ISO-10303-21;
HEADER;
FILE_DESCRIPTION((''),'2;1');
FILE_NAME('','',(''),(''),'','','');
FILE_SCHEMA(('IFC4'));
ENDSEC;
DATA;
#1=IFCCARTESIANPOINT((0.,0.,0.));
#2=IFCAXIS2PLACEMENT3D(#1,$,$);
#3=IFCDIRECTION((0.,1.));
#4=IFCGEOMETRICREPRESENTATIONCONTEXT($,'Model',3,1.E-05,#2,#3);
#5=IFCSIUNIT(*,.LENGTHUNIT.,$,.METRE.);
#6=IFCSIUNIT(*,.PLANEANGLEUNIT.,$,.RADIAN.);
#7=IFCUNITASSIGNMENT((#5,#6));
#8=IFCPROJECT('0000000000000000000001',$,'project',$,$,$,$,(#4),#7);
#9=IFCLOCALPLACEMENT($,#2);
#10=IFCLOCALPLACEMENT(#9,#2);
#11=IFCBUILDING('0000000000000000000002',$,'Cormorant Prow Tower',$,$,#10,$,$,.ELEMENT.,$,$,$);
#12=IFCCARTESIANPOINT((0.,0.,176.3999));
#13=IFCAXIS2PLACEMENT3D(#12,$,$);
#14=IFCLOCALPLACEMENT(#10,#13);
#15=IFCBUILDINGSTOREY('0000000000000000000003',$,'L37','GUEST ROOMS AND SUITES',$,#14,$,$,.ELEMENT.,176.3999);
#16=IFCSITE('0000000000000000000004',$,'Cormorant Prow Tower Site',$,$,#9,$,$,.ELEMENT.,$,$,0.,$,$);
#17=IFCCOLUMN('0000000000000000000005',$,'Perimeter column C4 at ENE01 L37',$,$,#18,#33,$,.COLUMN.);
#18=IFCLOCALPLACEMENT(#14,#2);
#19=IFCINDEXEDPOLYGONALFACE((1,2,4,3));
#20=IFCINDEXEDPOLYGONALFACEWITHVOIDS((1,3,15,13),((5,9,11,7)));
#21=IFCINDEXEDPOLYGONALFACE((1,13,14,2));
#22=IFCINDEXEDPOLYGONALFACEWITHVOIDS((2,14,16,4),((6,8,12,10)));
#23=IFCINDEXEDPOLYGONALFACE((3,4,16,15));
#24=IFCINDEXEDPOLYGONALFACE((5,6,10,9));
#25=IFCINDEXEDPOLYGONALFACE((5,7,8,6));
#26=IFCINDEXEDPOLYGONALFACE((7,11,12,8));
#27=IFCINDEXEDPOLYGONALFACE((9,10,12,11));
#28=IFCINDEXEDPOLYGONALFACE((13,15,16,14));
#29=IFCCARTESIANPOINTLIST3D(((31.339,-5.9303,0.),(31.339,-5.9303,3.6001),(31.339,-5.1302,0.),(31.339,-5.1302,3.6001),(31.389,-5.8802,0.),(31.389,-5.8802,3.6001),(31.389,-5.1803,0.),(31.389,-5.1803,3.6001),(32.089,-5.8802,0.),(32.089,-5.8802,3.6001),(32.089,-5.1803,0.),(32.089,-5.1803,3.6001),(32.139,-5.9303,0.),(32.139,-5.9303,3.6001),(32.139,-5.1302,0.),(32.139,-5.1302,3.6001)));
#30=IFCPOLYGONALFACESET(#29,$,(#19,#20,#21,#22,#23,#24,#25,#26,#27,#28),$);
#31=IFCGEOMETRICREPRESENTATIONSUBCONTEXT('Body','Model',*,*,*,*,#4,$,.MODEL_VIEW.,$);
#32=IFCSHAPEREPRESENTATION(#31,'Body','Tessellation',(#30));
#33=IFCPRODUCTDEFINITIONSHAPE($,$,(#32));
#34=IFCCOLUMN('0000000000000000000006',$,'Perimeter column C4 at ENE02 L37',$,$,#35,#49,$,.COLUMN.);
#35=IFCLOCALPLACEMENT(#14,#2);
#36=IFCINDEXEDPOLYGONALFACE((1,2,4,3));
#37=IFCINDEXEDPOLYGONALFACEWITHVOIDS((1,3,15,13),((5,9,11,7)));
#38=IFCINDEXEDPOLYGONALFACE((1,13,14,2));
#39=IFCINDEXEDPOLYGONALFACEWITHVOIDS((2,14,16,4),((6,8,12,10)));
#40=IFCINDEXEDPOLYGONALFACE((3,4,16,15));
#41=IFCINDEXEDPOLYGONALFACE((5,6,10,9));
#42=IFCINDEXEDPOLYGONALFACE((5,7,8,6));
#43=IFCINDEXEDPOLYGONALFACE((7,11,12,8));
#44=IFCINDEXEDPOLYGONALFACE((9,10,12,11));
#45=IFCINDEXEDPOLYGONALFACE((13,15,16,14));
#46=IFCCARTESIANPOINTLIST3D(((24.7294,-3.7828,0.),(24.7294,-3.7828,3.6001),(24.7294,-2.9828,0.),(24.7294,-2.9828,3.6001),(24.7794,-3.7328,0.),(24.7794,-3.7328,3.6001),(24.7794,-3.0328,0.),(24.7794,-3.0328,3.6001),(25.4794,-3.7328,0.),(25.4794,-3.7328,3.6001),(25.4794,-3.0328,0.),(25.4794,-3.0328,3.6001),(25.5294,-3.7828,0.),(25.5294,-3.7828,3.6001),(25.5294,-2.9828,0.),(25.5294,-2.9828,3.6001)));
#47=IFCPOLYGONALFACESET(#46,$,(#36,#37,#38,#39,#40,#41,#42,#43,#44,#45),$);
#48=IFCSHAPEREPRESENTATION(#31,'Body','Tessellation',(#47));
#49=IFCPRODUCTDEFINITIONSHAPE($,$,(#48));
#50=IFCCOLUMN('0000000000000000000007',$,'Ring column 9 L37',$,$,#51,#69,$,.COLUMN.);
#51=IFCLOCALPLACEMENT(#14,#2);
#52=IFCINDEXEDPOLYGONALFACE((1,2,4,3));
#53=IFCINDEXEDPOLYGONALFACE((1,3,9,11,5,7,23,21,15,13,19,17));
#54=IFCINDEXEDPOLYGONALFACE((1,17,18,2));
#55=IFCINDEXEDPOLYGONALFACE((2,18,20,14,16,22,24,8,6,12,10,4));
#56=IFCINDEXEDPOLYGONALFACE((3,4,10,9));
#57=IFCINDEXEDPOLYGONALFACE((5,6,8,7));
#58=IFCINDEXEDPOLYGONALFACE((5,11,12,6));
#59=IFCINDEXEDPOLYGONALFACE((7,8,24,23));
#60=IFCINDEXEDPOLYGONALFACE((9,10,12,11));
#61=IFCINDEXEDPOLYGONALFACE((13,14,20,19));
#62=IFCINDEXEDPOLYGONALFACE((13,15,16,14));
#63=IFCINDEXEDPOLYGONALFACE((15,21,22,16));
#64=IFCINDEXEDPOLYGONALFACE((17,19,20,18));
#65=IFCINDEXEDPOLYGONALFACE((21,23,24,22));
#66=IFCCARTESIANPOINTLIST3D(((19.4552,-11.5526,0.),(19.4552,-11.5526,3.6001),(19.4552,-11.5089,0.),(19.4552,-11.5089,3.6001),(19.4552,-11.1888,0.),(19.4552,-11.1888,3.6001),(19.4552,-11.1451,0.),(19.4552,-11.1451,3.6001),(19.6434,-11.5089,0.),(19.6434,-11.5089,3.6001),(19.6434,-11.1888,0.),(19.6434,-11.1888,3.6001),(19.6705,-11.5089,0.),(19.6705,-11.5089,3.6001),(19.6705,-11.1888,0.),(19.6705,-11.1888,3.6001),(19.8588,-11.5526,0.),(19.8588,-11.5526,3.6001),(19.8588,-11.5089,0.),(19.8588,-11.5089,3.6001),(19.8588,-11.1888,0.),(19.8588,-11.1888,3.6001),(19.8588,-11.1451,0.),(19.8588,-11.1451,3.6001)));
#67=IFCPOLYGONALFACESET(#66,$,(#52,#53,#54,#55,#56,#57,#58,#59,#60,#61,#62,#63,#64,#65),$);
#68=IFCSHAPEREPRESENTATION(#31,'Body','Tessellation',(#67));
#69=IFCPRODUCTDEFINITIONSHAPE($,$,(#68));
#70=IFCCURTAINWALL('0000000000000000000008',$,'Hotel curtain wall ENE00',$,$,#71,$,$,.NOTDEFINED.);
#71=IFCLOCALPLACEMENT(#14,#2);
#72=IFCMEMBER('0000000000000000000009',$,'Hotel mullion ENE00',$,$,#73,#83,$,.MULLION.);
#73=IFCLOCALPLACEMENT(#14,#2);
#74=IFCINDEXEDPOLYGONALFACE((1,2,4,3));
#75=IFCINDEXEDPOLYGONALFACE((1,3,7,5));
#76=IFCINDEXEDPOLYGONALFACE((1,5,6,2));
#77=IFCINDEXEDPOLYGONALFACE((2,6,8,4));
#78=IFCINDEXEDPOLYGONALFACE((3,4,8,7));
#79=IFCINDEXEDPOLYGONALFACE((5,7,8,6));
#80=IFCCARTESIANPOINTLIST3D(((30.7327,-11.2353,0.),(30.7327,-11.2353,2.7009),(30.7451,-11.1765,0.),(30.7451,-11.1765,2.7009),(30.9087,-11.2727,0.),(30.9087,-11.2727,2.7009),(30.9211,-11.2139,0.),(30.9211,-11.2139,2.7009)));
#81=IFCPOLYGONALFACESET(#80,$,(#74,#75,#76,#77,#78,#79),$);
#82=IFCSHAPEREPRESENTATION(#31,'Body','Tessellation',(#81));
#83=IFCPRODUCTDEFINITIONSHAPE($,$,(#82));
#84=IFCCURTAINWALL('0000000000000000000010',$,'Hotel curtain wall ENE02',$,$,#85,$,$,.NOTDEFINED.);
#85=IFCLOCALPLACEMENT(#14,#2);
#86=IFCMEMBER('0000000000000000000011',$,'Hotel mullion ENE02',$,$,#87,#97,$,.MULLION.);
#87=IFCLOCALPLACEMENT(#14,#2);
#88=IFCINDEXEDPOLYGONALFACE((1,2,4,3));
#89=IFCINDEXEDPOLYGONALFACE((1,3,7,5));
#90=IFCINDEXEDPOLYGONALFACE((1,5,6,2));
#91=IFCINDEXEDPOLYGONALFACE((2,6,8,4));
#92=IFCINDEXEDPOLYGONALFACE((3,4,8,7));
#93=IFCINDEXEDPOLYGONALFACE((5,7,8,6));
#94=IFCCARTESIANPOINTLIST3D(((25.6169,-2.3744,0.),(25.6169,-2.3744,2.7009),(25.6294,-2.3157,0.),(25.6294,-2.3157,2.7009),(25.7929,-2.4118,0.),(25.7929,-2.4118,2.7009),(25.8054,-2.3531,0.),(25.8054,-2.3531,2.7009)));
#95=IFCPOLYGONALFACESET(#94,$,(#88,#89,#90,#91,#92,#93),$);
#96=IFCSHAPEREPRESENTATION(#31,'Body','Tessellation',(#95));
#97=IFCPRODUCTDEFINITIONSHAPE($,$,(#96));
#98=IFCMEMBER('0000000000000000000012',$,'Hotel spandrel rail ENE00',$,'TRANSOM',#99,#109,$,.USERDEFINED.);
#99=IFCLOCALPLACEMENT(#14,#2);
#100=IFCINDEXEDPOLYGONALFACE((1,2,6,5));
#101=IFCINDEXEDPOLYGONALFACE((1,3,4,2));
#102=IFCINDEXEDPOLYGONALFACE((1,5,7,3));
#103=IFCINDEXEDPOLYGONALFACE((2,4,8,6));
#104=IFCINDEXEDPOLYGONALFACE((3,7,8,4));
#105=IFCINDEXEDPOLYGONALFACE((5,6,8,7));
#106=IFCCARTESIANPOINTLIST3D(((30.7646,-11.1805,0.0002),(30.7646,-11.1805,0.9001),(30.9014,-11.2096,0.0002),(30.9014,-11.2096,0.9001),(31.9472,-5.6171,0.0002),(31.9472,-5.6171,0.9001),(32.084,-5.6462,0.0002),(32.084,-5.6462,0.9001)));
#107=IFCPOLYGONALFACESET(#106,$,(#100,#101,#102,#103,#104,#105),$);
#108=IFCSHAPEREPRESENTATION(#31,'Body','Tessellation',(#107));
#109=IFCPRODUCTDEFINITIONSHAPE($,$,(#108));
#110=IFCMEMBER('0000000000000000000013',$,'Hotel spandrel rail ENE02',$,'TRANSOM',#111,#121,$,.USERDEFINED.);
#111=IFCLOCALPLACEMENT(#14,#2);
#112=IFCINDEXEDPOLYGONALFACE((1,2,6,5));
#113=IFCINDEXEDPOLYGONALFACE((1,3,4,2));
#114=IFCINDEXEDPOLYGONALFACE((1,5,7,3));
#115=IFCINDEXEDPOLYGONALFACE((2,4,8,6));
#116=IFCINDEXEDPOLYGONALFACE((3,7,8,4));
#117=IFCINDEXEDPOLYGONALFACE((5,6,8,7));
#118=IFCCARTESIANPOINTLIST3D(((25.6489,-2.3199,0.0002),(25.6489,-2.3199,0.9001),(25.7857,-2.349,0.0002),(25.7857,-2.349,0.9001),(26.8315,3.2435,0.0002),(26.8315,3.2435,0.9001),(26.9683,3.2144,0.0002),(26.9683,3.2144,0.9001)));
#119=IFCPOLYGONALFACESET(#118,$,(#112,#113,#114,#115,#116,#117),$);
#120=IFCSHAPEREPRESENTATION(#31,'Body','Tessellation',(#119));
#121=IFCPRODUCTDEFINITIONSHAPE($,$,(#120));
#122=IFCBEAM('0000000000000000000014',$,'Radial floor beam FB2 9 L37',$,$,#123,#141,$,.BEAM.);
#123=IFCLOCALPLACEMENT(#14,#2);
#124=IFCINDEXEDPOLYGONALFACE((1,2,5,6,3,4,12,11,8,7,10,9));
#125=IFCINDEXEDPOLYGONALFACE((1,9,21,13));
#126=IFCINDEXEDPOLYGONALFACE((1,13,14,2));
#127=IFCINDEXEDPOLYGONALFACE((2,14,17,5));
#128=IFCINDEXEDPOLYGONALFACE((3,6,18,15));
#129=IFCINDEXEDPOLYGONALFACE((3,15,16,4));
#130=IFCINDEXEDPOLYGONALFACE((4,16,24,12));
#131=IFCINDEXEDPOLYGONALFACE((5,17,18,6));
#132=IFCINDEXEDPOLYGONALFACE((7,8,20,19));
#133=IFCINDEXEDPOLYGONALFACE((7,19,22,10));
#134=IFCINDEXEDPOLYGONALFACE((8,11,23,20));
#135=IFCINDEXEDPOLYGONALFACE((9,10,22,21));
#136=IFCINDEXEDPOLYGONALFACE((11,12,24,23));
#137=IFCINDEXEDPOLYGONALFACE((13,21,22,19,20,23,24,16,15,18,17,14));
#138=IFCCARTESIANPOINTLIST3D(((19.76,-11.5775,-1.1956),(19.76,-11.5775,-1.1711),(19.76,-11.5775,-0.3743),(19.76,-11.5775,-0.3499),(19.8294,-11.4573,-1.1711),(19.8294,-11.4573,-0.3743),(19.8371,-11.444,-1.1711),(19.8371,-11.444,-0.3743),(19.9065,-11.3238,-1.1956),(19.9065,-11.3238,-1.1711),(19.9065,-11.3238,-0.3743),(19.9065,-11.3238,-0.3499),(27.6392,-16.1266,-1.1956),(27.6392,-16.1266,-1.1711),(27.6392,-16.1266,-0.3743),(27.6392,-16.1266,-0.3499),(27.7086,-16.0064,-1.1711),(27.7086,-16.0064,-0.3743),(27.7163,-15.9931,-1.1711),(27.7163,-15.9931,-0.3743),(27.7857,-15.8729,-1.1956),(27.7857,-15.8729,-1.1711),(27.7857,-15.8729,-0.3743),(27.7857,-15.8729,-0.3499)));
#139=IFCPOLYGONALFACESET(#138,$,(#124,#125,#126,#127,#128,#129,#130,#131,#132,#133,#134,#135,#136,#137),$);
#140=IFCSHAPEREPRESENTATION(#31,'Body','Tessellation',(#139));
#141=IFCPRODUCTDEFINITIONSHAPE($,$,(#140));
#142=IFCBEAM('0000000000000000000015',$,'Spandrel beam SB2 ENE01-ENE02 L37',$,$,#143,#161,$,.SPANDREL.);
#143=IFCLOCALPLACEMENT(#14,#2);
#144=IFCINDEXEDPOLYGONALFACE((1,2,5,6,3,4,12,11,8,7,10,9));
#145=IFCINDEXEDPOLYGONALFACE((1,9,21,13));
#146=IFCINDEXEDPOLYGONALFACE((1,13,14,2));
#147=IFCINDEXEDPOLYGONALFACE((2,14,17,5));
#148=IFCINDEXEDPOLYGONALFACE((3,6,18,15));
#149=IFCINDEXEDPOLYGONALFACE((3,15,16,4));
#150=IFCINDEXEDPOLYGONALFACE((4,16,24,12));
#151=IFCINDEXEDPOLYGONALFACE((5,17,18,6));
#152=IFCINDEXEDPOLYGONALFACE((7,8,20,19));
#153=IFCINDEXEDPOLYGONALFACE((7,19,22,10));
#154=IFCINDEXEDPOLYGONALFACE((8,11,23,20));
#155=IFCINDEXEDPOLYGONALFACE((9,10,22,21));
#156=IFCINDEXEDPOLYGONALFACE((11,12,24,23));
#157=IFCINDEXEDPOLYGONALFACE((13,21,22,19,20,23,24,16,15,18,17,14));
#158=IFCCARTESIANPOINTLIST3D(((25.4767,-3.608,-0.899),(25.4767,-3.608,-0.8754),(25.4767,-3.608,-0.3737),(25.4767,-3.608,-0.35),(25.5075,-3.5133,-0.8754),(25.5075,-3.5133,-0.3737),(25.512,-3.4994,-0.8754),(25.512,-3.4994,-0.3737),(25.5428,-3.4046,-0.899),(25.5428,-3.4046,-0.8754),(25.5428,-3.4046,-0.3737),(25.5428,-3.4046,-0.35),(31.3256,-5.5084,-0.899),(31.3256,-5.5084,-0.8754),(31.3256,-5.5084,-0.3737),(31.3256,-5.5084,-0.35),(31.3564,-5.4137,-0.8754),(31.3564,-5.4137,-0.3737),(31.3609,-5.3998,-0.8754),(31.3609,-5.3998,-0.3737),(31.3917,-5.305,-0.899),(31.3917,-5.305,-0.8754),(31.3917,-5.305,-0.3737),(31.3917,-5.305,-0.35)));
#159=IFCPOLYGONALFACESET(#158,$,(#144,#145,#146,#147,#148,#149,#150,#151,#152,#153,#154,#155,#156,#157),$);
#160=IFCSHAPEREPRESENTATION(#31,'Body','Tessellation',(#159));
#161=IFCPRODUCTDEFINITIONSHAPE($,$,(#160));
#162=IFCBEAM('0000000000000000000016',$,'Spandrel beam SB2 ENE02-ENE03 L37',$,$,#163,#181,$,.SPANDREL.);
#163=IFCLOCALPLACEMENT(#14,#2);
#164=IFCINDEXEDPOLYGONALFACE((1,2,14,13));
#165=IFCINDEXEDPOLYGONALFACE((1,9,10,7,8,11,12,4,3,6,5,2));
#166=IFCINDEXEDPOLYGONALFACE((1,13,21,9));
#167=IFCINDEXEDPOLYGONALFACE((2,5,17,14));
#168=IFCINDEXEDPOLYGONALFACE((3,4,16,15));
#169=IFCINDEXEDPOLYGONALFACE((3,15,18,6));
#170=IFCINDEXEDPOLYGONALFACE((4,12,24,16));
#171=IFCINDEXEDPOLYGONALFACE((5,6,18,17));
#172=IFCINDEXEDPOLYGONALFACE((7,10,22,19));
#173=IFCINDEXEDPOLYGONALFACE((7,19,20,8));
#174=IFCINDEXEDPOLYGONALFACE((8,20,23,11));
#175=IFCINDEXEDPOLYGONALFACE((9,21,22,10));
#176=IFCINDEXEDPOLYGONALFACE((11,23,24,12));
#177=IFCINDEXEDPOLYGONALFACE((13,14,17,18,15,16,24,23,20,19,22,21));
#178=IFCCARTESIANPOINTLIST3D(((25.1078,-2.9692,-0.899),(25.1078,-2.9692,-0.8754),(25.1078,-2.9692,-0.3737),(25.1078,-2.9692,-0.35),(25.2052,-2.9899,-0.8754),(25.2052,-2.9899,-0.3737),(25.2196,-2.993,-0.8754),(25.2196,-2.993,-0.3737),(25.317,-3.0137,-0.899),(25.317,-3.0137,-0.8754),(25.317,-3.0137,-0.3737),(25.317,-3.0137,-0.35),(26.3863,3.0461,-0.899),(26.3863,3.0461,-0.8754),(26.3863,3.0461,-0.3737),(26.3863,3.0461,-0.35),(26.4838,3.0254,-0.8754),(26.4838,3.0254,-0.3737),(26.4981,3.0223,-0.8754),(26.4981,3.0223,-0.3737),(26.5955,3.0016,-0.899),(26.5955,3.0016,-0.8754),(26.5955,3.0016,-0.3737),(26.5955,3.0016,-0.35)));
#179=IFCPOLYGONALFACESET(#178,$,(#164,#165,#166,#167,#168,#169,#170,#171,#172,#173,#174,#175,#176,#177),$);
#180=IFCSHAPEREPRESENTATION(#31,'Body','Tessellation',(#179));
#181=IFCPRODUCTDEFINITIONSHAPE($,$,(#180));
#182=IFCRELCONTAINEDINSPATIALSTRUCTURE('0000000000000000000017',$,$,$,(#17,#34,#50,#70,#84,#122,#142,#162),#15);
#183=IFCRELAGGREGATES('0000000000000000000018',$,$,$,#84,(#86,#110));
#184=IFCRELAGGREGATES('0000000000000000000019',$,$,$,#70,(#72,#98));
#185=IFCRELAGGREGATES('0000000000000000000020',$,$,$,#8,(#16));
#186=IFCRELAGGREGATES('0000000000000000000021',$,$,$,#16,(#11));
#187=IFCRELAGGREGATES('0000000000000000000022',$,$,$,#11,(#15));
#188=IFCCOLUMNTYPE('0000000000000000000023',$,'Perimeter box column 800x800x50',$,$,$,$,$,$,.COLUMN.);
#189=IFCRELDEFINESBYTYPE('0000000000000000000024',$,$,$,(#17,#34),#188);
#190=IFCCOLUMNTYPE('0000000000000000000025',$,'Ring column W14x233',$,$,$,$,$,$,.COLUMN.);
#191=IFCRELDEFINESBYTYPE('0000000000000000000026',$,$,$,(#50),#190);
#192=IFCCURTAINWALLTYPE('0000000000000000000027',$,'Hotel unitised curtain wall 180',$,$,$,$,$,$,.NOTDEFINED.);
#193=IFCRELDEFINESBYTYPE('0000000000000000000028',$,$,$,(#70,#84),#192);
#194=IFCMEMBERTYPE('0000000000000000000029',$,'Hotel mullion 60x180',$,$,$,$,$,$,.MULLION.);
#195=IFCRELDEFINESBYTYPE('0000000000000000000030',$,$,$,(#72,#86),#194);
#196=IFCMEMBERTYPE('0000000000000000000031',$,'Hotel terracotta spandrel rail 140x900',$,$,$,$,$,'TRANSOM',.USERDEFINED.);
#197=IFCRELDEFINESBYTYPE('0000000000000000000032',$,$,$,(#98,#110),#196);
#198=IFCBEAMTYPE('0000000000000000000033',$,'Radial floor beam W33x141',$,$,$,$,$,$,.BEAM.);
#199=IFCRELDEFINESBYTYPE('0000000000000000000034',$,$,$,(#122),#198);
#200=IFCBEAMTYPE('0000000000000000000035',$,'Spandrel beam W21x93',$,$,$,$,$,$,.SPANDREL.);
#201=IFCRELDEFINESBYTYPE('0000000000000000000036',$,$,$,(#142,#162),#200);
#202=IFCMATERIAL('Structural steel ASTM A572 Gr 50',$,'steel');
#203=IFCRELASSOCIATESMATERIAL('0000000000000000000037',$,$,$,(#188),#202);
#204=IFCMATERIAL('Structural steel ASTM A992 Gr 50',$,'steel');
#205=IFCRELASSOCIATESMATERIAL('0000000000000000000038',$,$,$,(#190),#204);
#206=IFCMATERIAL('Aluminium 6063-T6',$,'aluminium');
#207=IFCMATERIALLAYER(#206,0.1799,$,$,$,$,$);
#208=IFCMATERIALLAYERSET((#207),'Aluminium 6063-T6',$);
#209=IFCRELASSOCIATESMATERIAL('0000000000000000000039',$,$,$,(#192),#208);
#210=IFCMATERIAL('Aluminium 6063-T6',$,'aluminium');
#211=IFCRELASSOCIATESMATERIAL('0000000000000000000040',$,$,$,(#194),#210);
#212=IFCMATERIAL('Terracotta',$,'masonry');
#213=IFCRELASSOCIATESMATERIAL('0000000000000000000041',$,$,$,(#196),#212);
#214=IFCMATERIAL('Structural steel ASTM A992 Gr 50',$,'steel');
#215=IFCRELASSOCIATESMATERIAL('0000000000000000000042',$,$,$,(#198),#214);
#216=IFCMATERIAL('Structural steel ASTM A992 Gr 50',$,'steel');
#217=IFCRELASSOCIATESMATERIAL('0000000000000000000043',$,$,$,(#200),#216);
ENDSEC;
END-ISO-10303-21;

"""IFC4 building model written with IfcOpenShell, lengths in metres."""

from ifc_helpers import new_model, si_unit, direction, frame, origin, origin_2d, place, context, subcontext, project, spatial, rectangle, hollow_rectangle, i_section, extrude, material, layer, layer_set, material_profile, profile_set, type_object, element, aggregate, save


model = new_model("IFC4")

# Units and contexts
model_context = context("Model", 3, precision=1e-05, world=origin(), true_north=direction((0.0, 1.0)))
body_context = subcontext(model_context, "Body", "Model", "MODEL_VIEW")
ifc_project = project(units=[si_unit("LENGTHUNIT", "METRE"), si_unit("PLANEANGLEUNIT", "RADIAN")], contexts=[model_context])

# Site, building, storey
site_placement = place(None, origin())
site = spatial("IfcSite", under=ifc_project, at=site_placement, Name="Cormorant Prow Tower Site", CompositionType="ELEMENT", RefElevation=0.0)
building_placement = place(site_placement, origin())
building = spatial("IfcBuilding", under=site, at=building_placement, Name="Cormorant Prow Tower", CompositionType="ELEMENT")
storey_placement = place(building_placement, frame((0.0, 0.0, 176.3999)))
storey = spatial("IfcBuildingStorey", under=building, at=storey_placement, Name="L37", Description="GUEST ROOMS AND SUITES", CompositionType="ELEMENT", Elevation=176.3999)

# Columns
ifc_material_1 = material(Name="Structural steel ASTM A572 Gr 50", Category="steel")
ifc_material_profile_1 = material_profile(ifc_material_1, hollow_rectangle(XDim=0.8, YDim=0.8, WallThickness=0.05, at=origin_2d()), Name="Box 800x800x50")
ifc_profile_set_1 = profile_set([ifc_material_profile_1], Name="Structural steel ASTM A572 Gr 50")
column_type_1 = type_object("IfcColumnType", Name="Perimeter box column 800x800x50", PredefinedType="COLUMN", material=ifc_profile_set_1)
for number, where, z_axis, x_axis, name in (
    (1, (31.739, -5.5303, 0.0), (0.0, 0.0, 1.0), (1.0, 0.0, 0.0), "Perimeter column C4 at ENE01 L37"),
    (2, (25.1294, -3.3828, 0.0), (0.0, 0.0, 1.0), (1.0, 0.0, 0.0), "Perimeter column C4 at ENE02 L37"),
):
    element("IfcColumn", number, at=place(storey_placement, frame(where, z_axis=z_axis, x_axis=x_axis)), inside=storey, type_object=column_type_1, Name=name, PredefinedType="COLUMN", context=body_context, shape_type="SweptSolid", body=[
        extrude(hollow_rectangle(XDim=0.8, YDim=0.8, WallThickness=0.05, at=origin_2d()), origin(), (0.0, 0.0, 1.0), 3.6001),
    ])
ifc_material_2 = material(Name="Structural steel ASTM A992 Gr 50", Category="steel")
ifc_material_profile_2 = material_profile(ifc_material_2, i_section(OverallWidth=0.4036, OverallDepth=0.4075, WebThickness=0.0271, FlangeThickness=0.0437, at=origin_2d()), Name="W14x233")
ifc_profile_set_2 = profile_set([ifc_material_profile_2], Name="Structural steel ASTM A992 Gr 50")
column_type_2 = type_object("IfcColumnType", Name="Ring column W14x233", PredefinedType="COLUMN", material=ifc_profile_set_2)
column_placement = place(storey_placement, frame((19.657, -11.3489, 0.0), z_axis=(0.0, 0.0, 1.0), x_axis=(1.0, 0.0, 0.0)))
element("IfcColumn", 3, at=column_placement, inside=storey, type_object=column_type_2, Name="Ring column 9 L37", PredefinedType="COLUMN", context=body_context, shape_type="SweptSolid", body=[
    extrude(i_section(OverallWidth=0.4036, OverallDepth=0.4075, WebThickness=0.0271, FlangeThickness=0.0437, at=origin_2d()), origin(), (0.0, 0.0, 1.0), 3.6001),
])

# Curtain walls, members
ifc_material_3 = material(Name="Aluminium 6063-T6", Category="aluminium")
ifc_layer_1 = layer(ifc_material_3, 0.1799)
ifc_layer_set_1 = layer_set([ifc_layer_1], Name="Aluminium 6063-T6")
curtain_wall_type = type_object("IfcCurtainWallType", Name="Hotel unitised curtain wall 180", PredefinedType="NOTDEFINED", material=ifc_layer_set_1)
curtain_wall_1_placement = place(storey_placement, origin())
curtain_wall_1 = element("IfcCurtainWall", 4, at=curtain_wall_1_placement, inside=storey, type_object=curtain_wall_type, Name="Hotel curtain wall ENE00", PredefinedType="NOTDEFINED")
ifc_material_4 = material(Name="Aluminium 6063-T6", Category="aluminium")
ifc_material_profile_3 = material_profile(ifc_material_4, rectangle(XDim=0.1799, YDim=0.0601, at=origin_2d()), Name="Hotel mullion 60x180")
ifc_profile_set_3 = profile_set([ifc_material_profile_3], Name="Aluminium 6063-T6")
member_type_1 = type_object("IfcMemberType", Name="Hotel mullion 60x180", PredefinedType="MULLION", material=ifc_profile_set_3)
member_1_placement = place(storey_placement, frame((30.8269, -11.2246, 0.0), z_axis=(0.0, 0.0, 1.0), x_axis=(-0.978148, 0.207912, 0.0)))
member_1 = element("IfcMember", 5, at=member_1_placement, type_object=member_type_1, Name="Hotel mullion ENE00", PredefinedType="MULLION", context=body_context, shape_type="SweptSolid", body=[
    extrude(rectangle(XDim=0.1799, YDim=0.0601, at=origin_2d()), origin(), (0.0, 0.0, 1.0), 2.7009),
])
curtain_wall_2_placement = place(storey_placement, origin())
curtain_wall_2 = element("IfcCurtainWall", 6, at=curtain_wall_2_placement, inside=storey, type_object=curtain_wall_type, Name="Hotel curtain wall ENE02", PredefinedType="NOTDEFINED")
member_2_placement = place(storey_placement, frame((25.7112, -2.3638, 0.0), z_axis=(0.0, 0.0, 1.0), x_axis=(-0.978148, 0.207912, 0.0)))
member_2 = element("IfcMember", 7, at=member_2_placement, type_object=member_type_1, Name="Hotel mullion ENE02", PredefinedType="MULLION", context=body_context, shape_type="SweptSolid", body=[
    extrude(rectangle(XDim=0.1799, YDim=0.0601, at=origin_2d()), origin(), (0.0, 0.0, 1.0), 2.7009),
])

# Members
ifc_material_5 = material(Name="Terracotta", Category="masonry")
ifc_material_profile_4 = material_profile(ifc_material_5, rectangle(XDim=0.1399, YDim=0.8999, at=origin_2d()), Name="Hotel terracotta spandrel rail 140x900")
ifc_profile_set_4 = profile_set([ifc_material_profile_4], Name="Terracotta")
member_type_2 = type_object("IfcMemberType", Name="Hotel terracotta spandrel rail 140x900", ElementType="TRANSOM", PredefinedType="USERDEFINED", material=ifc_profile_set_4)
member_3_placement = place(storey_placement, frame((30.833, -11.1951, 0.4502), z_axis=(0.207922, 0.978145, 0.0), x_axis=(-0.978145, 0.207922, 0.0)))
member_3 = element("IfcMember", 8, at=member_3_placement, type_object=member_type_2, Name="Hotel spandrel rail ENE00", ObjectType="TRANSOM", PredefinedType="USERDEFINED", context=body_context, shape_type="SweptSolid", body=[
    extrude(rectangle(XDim=0.1399, YDim=0.8999, at=origin_2d()), origin(), (0.0, 0.0, 1.0), 5.6877),
])
member_4_placement = place(storey_placement, frame((25.7173, -2.3345, 0.4502), z_axis=(0.207922, 0.978145, 0.0), x_axis=(-0.978145, 0.207922, 0.0)))
member_4 = element("IfcMember", 9, at=member_4_placement, type_object=member_type_2, Name="Hotel spandrel rail ENE02", ObjectType="TRANSOM", PredefinedType="USERDEFINED", context=body_context, shape_type="SweptSolid", body=[
    extrude(rectangle(XDim=0.1399, YDim=0.8999, at=origin_2d()), origin(), (0.0, 0.0, 1.0), 5.6877),
])
aggregate(curtain_wall_2, [member_2, member_4])

# Beams
ifc_material_6 = material(Name="Structural steel ASTM A992 Gr 50", Category="steel")
ifc_material_profile_5 = material_profile(ifc_material_6, i_section(OverallWidth=0.293, OverallDepth=0.8457, WebThickness=0.0154, FlangeThickness=0.0244, at=origin_2d()), Name="W33x141")
ifc_profile_set_5 = profile_set([ifc_material_profile_5], Name="Structural steel ASTM A992 Gr 50")
beam_type_1 = type_object("IfcBeamType", Name="Radial floor beam W33x141", PredefinedType="BEAM", material=ifc_profile_set_5)
beam_1_placement = place(storey_placement, frame((19.8333, -11.4507, -0.7727), z_axis=(0.866023, -0.500004, 0.0), x_axis=(0.500004, 0.866023, 0.0)))
element("IfcBeam", 10, at=beam_1_placement, inside=storey, type_object=beam_type_1, Name="Radial floor beam FB2 9 L37", PredefinedType="BEAM", context=body_context, shape_type="SweptSolid", body=[
    extrude(i_section(OverallWidth=0.293, OverallDepth=0.8457, WebThickness=0.0154, FlangeThickness=0.0244, at=origin_2d()), origin(), (0.0, 0.0, 1.0), 9.0981),
])
ifc_material_7 = material(Name="Structural steel ASTM A992 Gr 50", Category="steel")
ifc_material_profile_6 = material_profile(ifc_material_7, i_section(OverallWidth=0.2139, OverallDepth=0.5491, WebThickness=0.0146, FlangeThickness=0.0237, at=origin_2d()), Name="W21x93")
ifc_profile_set_6 = profile_set([ifc_material_profile_6], Name="Structural steel ASTM A992 Gr 50")
beam_type_2 = type_object("IfcBeamType", Name="Spandrel beam W21x93", PredefinedType="SPANDREL", material=ifc_profile_set_6)
beam_2_placement = place(storey_placement, frame((31.3586, -5.4067, -0.6245), z_axis=(-0.951058, 0.309013, 0.0), x_axis=(-0.309013, -0.951058, 0.0)))
element("IfcBeam", 11, at=beam_2_placement, inside=storey, type_object=beam_type_2, Name="Spandrel beam SB2 ENE01-ENE02 L37", PredefinedType="SPANDREL", context=body_context, shape_type="SweptSolid", body=[
    extrude(i_section(OverallWidth=0.2139, OverallDepth=0.5491, WebThickness=0.0146, FlangeThickness=0.0237, at=origin_2d()), origin(), (0.0, 0.0, 1.0), 6.1499),
])
beam_3_placement = place(storey_placement, frame((25.2124, -2.9915, -0.6245), z_axis=(0.207905, 0.978149, 0.0), x_axis=(-0.978149, 0.207905, 0.0)))
element("IfcBeam", 12, at=beam_3_placement, inside=storey, type_object=beam_type_2, Name="Spandrel beam SB2 ENE02-ENE03 L37", PredefinedType="SPANDREL", context=body_context, shape_type="SweptSolid", body=[
    extrude(i_section(OverallWidth=0.2139, OverallDepth=0.5491, WebThickness=0.0146, FlangeThickness=0.0237, at=origin_2d()), origin(), (0.0, 0.0, 1.0), 6.1497),
])

aggregate(curtain_wall_1, [member_1, member_3])

save(model, "model.ifc")
